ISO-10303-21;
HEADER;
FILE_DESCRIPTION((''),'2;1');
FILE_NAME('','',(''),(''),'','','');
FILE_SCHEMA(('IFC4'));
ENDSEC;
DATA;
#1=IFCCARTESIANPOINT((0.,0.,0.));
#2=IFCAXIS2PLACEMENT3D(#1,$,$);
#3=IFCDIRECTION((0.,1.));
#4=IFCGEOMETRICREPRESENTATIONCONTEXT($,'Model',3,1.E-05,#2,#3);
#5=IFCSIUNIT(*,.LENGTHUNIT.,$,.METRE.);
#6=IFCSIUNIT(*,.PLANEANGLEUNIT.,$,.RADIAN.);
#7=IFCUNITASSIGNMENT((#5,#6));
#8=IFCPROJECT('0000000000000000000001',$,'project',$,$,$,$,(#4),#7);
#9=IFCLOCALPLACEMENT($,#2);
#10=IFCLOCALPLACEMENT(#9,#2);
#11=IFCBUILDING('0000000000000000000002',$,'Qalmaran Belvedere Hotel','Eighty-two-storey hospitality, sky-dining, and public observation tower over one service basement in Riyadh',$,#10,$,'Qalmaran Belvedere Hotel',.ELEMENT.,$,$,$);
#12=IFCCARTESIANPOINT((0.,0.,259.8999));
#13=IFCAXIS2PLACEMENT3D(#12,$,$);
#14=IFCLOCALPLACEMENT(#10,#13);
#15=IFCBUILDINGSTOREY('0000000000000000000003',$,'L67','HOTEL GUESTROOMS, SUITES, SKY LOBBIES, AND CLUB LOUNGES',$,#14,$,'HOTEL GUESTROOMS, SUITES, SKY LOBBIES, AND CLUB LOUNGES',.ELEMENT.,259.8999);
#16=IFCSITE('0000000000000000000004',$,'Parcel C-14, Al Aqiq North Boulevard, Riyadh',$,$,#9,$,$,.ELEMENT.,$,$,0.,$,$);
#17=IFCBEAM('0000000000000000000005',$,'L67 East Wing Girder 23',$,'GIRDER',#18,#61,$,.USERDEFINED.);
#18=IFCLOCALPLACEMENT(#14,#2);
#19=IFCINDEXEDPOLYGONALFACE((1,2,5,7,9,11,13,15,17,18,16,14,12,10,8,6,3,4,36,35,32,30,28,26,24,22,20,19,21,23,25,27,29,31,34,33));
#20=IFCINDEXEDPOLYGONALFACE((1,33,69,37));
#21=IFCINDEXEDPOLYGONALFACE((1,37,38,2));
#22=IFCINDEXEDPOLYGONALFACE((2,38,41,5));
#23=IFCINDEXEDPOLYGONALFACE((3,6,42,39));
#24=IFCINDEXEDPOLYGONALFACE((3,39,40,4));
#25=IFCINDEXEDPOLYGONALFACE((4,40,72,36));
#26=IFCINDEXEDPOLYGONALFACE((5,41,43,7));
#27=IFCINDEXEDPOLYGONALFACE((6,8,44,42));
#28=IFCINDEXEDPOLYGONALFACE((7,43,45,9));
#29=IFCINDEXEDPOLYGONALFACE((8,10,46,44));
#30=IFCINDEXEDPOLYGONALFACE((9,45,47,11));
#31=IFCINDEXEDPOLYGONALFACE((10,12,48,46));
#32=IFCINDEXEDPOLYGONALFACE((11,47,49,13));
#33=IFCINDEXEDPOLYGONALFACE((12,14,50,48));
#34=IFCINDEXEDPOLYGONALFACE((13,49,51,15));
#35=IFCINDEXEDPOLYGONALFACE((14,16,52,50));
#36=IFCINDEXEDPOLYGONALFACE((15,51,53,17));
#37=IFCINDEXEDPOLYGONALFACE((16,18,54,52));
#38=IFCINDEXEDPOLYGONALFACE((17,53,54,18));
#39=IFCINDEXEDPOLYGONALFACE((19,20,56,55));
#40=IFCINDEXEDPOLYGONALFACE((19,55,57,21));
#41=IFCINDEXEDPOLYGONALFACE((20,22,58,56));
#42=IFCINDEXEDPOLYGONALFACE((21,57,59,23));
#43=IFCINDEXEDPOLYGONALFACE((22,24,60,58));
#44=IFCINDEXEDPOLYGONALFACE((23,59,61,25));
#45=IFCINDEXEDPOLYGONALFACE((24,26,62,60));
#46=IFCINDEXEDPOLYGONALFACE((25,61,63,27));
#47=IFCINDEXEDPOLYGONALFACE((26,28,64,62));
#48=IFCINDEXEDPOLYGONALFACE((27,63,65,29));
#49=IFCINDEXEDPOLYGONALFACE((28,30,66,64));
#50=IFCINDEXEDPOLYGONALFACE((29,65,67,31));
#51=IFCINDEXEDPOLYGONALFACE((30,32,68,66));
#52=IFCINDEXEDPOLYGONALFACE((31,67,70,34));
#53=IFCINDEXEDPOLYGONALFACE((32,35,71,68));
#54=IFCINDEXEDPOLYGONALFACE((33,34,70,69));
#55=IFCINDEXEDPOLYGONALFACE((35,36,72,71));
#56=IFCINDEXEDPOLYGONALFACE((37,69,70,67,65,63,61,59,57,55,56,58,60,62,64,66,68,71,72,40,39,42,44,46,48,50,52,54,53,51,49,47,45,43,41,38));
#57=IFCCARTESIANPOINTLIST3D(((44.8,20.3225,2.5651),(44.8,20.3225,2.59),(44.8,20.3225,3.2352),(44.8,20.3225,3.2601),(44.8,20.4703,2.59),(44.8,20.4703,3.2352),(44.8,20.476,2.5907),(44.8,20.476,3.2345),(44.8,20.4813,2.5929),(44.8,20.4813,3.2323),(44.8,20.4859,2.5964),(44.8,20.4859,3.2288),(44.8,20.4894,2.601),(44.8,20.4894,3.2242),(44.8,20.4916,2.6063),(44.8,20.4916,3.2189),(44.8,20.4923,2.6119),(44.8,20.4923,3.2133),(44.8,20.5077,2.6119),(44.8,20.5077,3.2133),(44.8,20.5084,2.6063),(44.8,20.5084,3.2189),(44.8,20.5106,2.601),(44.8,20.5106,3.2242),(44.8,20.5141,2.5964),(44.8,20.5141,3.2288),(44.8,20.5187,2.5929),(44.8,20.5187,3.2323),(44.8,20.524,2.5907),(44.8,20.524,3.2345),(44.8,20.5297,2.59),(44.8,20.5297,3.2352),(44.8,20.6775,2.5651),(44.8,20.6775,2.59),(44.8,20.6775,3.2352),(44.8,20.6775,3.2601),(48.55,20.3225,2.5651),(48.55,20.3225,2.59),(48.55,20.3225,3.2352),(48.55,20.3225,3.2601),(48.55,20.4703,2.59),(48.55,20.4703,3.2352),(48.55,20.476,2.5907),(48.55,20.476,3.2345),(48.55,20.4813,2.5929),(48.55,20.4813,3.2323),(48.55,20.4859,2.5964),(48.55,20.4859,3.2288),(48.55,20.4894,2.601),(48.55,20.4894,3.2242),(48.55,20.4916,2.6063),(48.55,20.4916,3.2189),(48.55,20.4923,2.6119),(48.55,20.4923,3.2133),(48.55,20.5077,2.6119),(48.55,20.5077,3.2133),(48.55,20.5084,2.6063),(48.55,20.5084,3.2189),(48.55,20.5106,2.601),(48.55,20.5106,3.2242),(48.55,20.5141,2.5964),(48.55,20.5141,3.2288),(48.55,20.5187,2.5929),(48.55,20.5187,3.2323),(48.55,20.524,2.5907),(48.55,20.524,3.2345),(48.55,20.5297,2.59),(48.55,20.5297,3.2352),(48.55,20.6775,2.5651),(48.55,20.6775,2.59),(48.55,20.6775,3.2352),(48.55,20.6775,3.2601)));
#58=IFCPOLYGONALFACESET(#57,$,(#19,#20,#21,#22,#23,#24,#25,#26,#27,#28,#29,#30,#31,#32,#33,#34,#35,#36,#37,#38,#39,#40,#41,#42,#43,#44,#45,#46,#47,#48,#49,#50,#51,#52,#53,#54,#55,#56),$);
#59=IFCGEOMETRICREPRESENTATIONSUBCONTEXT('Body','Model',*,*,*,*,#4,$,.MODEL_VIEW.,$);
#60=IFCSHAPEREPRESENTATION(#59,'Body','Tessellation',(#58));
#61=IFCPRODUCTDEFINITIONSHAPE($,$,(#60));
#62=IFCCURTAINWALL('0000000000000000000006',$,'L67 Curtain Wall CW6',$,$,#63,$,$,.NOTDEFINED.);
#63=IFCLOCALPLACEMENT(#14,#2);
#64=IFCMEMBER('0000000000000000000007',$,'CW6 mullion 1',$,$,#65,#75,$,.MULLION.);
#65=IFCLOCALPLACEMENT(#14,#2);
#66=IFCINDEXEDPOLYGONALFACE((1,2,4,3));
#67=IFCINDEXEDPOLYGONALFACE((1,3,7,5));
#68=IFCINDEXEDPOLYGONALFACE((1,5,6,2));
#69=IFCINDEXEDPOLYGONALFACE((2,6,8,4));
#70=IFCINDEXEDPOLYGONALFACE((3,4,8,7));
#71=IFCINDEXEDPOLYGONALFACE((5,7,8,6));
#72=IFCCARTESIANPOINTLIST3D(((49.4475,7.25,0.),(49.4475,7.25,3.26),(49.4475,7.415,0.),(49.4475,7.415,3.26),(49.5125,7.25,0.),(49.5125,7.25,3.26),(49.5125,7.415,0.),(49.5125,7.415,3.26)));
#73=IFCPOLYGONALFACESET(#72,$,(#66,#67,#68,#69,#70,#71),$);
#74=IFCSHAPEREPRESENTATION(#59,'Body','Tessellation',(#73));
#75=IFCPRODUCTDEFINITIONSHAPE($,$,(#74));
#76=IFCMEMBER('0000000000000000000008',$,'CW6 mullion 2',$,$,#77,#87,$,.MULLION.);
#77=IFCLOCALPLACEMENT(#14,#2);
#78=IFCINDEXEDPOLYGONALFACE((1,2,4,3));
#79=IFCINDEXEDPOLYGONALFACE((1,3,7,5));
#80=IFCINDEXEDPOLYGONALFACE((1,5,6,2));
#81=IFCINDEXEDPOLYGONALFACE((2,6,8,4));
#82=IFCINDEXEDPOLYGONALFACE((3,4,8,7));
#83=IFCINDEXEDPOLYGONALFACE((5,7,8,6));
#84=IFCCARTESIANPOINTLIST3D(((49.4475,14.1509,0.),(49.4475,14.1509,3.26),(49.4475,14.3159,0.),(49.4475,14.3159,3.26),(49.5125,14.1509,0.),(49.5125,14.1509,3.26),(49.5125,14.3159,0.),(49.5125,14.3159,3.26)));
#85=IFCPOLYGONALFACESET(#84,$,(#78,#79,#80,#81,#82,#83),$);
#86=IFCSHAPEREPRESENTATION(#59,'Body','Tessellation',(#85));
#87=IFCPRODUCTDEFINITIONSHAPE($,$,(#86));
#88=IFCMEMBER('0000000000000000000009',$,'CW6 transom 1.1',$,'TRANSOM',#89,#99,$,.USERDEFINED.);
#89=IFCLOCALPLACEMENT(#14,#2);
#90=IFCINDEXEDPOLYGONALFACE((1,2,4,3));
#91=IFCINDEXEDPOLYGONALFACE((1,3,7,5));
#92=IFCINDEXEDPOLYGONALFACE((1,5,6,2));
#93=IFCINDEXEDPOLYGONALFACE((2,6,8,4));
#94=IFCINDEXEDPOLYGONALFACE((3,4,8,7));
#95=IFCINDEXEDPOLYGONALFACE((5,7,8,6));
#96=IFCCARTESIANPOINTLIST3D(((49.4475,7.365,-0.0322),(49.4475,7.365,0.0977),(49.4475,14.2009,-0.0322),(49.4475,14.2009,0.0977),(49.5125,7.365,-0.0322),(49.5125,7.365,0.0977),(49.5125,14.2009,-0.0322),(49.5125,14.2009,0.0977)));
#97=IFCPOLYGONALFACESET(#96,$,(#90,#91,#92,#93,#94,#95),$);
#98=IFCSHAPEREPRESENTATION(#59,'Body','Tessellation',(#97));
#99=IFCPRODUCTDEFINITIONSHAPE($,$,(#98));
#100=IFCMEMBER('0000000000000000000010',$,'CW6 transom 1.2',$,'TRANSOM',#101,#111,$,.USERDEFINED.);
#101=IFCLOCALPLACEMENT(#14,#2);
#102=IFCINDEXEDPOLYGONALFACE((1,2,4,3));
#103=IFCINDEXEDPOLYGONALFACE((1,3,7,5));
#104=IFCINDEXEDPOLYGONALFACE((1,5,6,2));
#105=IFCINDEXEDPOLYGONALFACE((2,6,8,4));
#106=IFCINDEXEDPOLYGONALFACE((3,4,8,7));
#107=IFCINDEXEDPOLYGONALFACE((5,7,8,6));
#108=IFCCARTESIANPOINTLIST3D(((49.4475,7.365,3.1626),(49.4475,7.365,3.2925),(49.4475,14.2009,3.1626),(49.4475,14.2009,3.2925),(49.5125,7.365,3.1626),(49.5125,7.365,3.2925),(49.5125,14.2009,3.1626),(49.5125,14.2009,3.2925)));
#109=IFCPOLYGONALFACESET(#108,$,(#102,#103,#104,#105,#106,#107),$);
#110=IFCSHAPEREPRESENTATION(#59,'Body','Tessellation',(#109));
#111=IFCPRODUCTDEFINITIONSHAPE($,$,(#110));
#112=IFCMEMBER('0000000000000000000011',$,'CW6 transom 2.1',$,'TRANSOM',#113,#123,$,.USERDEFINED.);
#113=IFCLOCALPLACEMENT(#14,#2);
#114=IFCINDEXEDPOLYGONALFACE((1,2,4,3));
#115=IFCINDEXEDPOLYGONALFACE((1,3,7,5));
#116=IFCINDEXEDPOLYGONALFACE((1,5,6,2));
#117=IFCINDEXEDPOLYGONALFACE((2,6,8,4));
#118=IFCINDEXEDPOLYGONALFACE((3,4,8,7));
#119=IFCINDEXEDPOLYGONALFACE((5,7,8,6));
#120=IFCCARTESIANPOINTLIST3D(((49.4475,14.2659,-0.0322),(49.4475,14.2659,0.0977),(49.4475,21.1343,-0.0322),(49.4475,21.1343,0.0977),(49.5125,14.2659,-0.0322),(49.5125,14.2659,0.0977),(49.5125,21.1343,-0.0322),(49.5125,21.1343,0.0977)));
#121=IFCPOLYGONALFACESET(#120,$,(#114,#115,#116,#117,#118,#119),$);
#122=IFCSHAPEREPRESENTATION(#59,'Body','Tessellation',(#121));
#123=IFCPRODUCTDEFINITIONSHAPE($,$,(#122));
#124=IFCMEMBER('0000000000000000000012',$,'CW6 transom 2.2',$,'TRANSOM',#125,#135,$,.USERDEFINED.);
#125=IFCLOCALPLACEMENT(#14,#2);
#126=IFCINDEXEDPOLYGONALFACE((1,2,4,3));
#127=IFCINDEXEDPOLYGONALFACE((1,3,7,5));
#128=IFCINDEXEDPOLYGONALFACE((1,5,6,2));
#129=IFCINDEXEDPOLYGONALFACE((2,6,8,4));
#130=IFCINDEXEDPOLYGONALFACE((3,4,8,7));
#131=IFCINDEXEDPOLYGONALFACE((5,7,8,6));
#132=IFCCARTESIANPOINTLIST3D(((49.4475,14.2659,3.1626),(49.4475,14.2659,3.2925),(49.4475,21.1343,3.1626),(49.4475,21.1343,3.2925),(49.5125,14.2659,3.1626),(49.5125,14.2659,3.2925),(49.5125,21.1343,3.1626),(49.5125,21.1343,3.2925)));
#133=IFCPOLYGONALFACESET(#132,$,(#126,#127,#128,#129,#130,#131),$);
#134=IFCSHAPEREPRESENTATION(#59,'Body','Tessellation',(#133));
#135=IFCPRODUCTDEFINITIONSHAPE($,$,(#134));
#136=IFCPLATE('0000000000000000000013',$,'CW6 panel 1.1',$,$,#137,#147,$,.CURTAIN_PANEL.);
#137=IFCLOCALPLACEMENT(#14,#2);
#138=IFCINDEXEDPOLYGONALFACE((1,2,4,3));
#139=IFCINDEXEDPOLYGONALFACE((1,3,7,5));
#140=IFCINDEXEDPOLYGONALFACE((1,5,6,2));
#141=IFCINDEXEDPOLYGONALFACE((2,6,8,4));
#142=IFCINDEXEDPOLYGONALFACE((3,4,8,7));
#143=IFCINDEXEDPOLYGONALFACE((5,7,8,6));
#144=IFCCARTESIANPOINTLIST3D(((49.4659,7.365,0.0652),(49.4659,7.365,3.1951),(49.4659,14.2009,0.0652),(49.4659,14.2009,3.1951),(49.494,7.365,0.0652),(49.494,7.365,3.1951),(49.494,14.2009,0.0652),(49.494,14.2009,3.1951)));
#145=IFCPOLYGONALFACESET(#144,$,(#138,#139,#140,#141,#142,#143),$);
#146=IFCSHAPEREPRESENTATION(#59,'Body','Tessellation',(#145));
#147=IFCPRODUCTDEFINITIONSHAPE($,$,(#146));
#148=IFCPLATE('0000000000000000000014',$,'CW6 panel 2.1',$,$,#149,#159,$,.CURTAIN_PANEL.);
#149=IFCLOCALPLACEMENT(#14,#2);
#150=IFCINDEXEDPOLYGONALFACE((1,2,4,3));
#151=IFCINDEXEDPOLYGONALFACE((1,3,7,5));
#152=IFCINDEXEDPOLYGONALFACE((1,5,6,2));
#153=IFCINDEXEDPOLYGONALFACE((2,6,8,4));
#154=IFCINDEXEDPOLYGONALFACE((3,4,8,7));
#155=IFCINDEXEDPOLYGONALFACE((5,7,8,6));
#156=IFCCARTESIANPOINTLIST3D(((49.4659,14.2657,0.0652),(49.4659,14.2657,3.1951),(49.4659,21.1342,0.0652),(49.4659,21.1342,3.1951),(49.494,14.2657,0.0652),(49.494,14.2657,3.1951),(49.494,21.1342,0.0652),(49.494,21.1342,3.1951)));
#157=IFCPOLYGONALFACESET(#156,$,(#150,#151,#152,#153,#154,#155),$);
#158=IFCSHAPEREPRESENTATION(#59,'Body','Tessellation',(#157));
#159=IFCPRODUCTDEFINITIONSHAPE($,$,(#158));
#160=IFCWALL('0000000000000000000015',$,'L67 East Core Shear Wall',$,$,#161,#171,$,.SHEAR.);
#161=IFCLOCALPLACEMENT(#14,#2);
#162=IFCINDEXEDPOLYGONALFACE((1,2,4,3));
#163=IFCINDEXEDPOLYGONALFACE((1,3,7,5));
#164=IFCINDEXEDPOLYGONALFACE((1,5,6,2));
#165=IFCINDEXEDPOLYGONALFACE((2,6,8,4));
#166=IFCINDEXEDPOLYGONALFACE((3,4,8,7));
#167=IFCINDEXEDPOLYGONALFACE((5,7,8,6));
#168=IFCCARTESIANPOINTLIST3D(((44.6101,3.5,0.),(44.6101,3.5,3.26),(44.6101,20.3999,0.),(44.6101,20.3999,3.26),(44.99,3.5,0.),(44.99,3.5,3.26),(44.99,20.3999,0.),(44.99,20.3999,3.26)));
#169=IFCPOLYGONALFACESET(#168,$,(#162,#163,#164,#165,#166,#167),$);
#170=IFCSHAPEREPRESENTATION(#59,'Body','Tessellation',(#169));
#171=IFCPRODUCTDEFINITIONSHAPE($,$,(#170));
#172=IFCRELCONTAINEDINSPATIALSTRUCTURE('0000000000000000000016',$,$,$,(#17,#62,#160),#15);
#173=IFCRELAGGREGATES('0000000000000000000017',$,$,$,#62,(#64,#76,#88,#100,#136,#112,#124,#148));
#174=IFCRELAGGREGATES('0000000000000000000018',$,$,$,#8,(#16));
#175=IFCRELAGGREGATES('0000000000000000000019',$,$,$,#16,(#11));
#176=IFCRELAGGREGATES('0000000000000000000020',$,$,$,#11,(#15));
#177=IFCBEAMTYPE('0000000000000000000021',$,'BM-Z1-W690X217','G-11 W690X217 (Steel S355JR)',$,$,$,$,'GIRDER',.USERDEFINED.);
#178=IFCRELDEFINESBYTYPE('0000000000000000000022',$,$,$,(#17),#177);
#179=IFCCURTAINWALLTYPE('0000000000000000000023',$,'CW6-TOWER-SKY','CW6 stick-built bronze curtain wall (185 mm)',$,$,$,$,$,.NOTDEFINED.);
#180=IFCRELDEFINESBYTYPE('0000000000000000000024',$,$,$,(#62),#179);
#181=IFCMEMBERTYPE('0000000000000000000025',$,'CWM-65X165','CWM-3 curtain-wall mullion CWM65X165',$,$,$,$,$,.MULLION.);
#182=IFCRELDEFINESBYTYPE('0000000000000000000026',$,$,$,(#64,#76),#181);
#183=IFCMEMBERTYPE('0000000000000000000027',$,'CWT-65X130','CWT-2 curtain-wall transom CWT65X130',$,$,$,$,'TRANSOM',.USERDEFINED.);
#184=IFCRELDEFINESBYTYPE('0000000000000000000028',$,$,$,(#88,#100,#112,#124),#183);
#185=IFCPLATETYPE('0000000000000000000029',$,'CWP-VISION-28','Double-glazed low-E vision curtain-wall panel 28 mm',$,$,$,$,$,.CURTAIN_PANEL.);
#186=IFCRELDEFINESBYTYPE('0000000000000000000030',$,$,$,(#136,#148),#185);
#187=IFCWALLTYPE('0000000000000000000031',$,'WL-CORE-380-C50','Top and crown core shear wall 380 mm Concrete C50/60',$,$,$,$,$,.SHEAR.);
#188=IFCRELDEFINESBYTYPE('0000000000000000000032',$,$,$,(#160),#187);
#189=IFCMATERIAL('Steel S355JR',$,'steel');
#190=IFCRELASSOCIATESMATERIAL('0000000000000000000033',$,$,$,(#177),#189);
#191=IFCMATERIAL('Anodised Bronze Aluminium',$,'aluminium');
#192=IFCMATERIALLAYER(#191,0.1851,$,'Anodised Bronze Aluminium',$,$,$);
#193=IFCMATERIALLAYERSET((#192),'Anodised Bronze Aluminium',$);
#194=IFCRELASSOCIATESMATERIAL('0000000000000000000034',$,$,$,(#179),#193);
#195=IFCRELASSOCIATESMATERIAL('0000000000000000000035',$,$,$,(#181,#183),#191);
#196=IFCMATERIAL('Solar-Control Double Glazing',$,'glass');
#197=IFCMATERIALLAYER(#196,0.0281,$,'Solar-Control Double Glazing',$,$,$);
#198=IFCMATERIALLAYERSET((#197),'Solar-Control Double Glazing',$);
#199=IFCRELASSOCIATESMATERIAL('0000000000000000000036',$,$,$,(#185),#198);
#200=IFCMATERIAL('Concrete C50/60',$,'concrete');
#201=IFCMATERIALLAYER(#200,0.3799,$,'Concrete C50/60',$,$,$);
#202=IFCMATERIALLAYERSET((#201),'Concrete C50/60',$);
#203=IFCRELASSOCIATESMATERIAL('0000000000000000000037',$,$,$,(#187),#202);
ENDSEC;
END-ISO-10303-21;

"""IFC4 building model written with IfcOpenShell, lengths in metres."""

from ifc_helpers import new_model, si_unit, direction, frame, frame_2d, origin, origin_2d, place, context, subcontext, project, spatial, rectangle, i_section, extrude, material, layer, layer_set, material_profile, profile_set, type_object, element, aggregate, save


model = new_model("IFC4")

# Units and contexts
model_context = context("Model", 3, precision=1e-05, world=origin(), true_north=direction((0.0, 1.0)))
body_context = subcontext(model_context, "Body", "Model", "MODEL_VIEW")
ifc_project = project(units=[si_unit("LENGTHUNIT", "METRE"), si_unit("PLANEANGLEUNIT", "RADIAN")], contexts=[model_context])

# Site, building, storey
site_placement = place(None, origin())
site = spatial("IfcSite", under=ifc_project, at=site_placement, Name="Parcel C-14, Al Aqiq North Boulevard, Riyadh", CompositionType="ELEMENT", RefElevation=0.0)
building_placement = place(site_placement, origin())
building = spatial("IfcBuilding", under=site, at=building_placement, Name="Qalmaran Belvedere Hotel", Description="Eighty-two-storey hospitality, sky-dining, and public observation tower over one service basement in Riyadh", LongName="Qalmaran Belvedere Hotel", CompositionType="ELEMENT")
storey_placement = place(building_placement, frame((0.0, 0.0, 259.8999)))
storey = spatial("IfcBuildingStorey", under=building, at=storey_placement, Name="L67", Description="HOTEL GUESTROOMS, SUITES, SKY LOBBIES, AND CLUB LOUNGES", LongName="HOTEL GUESTROOMS, SUITES, SKY LOBBIES, AND CLUB LOUNGES", CompositionType="ELEMENT", Elevation=259.8999)

# Shared definitions
ifc_material_1 = material(Name="Concrete C50/60", Category="concrete")

# Beam
ifc_material_2 = material(Name="Steel S355JR", Category="steel")
ifc_material_profile_1 = material_profile(ifc_material_2, i_section(OverallWidth=0.355, OverallDepth=0.6951, WebThickness=0.0154, FlangeThickness=0.0249, FilletRadius=0.022, at=origin_2d()), Name="W690X217")
ifc_profile_set_1 = profile_set([ifc_material_profile_1], Name="Steel S355JR")
beam_type_1 = type_object("IfcBeamType", Name="BM-Z1-W690X217", Description="G-11 W690X217 (Steel S355JR)", ElementType="GIRDER", PredefinedType="USERDEFINED", material=ifc_profile_set_1)
for number, where, z_axis, x_axis, name in (
    (1, (44.8, 20.5, 2.9126), (1.0, 0.0, 0.0), (0.0, 1.0, 0.0), "L67 East Wing Girder 23"),
):
    element("IfcBeam", number, at=place(storey_placement, frame(where, z_axis=z_axis, x_axis=x_axis)), inside=storey, type_object=beam_type_1, Name=name, ObjectType="GIRDER", PredefinedType="USERDEFINED", context=body_context, shape_type="SweptSolid", body=[
        extrude(i_section(OverallWidth=0.355, OverallDepth=0.6951, WebThickness=0.0154, FlangeThickness=0.0249, FilletRadius=0.022, at=origin_2d()), origin(), (0.0, 0.0, 1.0), 3.75),
    ])

# Curtain wall, members, plates
ifc_material_3 = material(Name="Anodised Bronze Aluminium", Category="aluminium")
ifc_layer_1 = layer(ifc_material_3, 0.1851, Name="Anodised Bronze Aluminium")
ifc_layer_set_1 = layer_set([ifc_layer_1], Name="Anodised Bronze Aluminium")
curtain_wall_type = type_object("IfcCurtainWallType", Name="CW6-TOWER-SKY", Description="CW6 stick-built bronze curtain wall (185 mm)", PredefinedType="NOTDEFINED", material=ifc_layer_set_1)
curtain_wall_placement = place(storey_placement, origin())
curtain_wall = element("IfcCurtainWall", 2, at=curtain_wall_placement, inside=storey, type_object=curtain_wall_type, Name="L67 Curtain Wall CW6", PredefinedType="NOTDEFINED")
ifc_material_profile_2 = material_profile(ifc_material_3, rectangle(XDim=0.0649, YDim=0.165, at=origin_2d()), Name="CWM65X165")
ifc_profile_set_2 = profile_set([ifc_material_profile_2], Name="Anodised Bronze Aluminium")
member_type_1 = type_object("IfcMemberType", Name="CWM-65X165", Description="CWM-3 curtain-wall mullion CWM65X165", PredefinedType="MULLION", material=ifc_profile_set_2)
member_1_placement = place(storey_placement, frame((49.48, 7.3325, 0.0), z_axis=(0.0, 0.0, 1.0), x_axis=(-1.0, 0.0, 0.0)))
member_1 = element("IfcMember", 3, at=member_1_placement, type_object=member_type_1, Name="CW6 mullion 1", PredefinedType="MULLION", context=body_context, shape_type="SweptSolid", body=[
    extrude(rectangle(XDim=0.0649, YDim=0.165, at=origin_2d()), origin(), (0.0, 0.0, 1.0), 3.26),
])
member_2_placement = place(storey_placement, frame((49.48, 14.2334, 0.0), z_axis=(0.0, 0.0, 1.0), x_axis=(-1.0, 0.0, 0.0)))
member_2 = element("IfcMember", 4, at=member_2_placement, type_object=member_type_1, Name="CW6 mullion 2", PredefinedType="MULLION", context=body_context, shape_type="SweptSolid", body=[
    extrude(rectangle(XDim=0.0649, YDim=0.165, at=origin_2d()), origin(), (0.0, 0.0, 1.0), 3.26),
])
ifc_material_profile_3 = material_profile(ifc_material_3, rectangle(XDim=0.0649, YDim=0.1299, at=origin_2d()), Name="CWT65X130")
ifc_profile_set_3 = profile_set([ifc_material_profile_3], Name="Anodised Bronze Aluminium")
member_type_2 = type_object("IfcMemberType", Name="CWT-65X130", Description="CWT-2 curtain-wall transom CWT65X130", ElementType="TRANSOM", PredefinedType="USERDEFINED", material=ifc_profile_set_3)
member_3_placement = place(storey_placement, frame((49.48, 7.365, 0.0327), z_axis=(0.0, 1.0, 0.0), x_axis=(-1.0, 0.0, 0.0)))
member_3 = element("IfcMember", 5, at=member_3_placement, type_object=member_type_2, Name="CW6 transom 1.1", ObjectType="TRANSOM", PredefinedType="USERDEFINED", context=body_context, shape_type="SweptSolid", body=[
    extrude(rectangle(XDim=0.0649, YDim=0.1299, at=origin_2d()), origin(), (0.0, 0.0, 1.0), 6.8359),
])
member_4_placement = place(storey_placement, frame((49.48, 7.365, 3.2275), z_axis=(0.0, 1.0, 0.0), x_axis=(-1.0, 0.0, 0.0)))
member_4 = element("IfcMember", 6, at=member_4_placement, type_object=member_type_2, Name="CW6 transom 1.2", ObjectType="TRANSOM", PredefinedType="USERDEFINED", context=body_context, shape_type="SweptSolid", body=[
    extrude(rectangle(XDim=0.0649, YDim=0.1299, at=origin_2d()), origin(), (0.0, 0.0, 1.0), 6.8359),
])
member_5_placement = place(storey_placement, frame((49.48, 14.2659, 0.0327), z_axis=(0.0, 1.0, 0.0), x_axis=(-1.0, 0.0, 0.0)))
member_5 = element("IfcMember", 7, at=member_5_placement, type_object=member_type_2, Name="CW6 transom 2.1", ObjectType="TRANSOM", PredefinedType="USERDEFINED", context=body_context, shape_type="SweptSolid", body=[
    extrude(rectangle(XDim=0.0649, YDim=0.1299, at=origin_2d()), origin(), (0.0, 0.0, 1.0), 6.8684),
])
member_6_placement = place(storey_placement, frame((49.48, 14.2659, 3.2275), z_axis=(0.0, 1.0, 0.0), x_axis=(-1.0, 0.0, 0.0)))
member_6 = element("IfcMember", 8, at=member_6_placement, type_object=member_type_2, Name="CW6 transom 2.2", ObjectType="TRANSOM", PredefinedType="USERDEFINED", context=body_context, shape_type="SweptSolid", body=[
    extrude(rectangle(XDim=0.0649, YDim=0.1299, at=origin_2d()), origin(), (0.0, 0.0, 1.0), 6.8684),
])
ifc_material_4 = material(Name="Solar-Control Double Glazing", Category="glass")
ifc_layer_2 = layer(ifc_material_4, 0.0281, Name="Solar-Control Double Glazing")
ifc_layer_set_2 = layer_set([ifc_layer_2], Name="Solar-Control Double Glazing")
plate_type = type_object("IfcPlateType", Name="CWP-VISION-28", Description="Double-glazed low-E vision curtain-wall panel 28 mm", PredefinedType="CURTAIN_PANEL", material=ifc_layer_set_2)
plate_1_placement = place(storey_placement, frame((49.48, 10.783, 0.0652), z_axis=(0.0, 0.0, 1.0), x_axis=(0.0, 1.0, 0.0)))
plate_1 = element("IfcPlate", 9, at=plate_1_placement, type_object=plate_type, Name="CW6 panel 1.1", PredefinedType="CURTAIN_PANEL", context=body_context, shape_type="SweptSolid", body=[
    extrude(rectangle(XDim=6.8359, YDim=0.0281, at=origin_2d()), origin(), (0.0, 0.0, 1.0), 3.1299),
])
plate_2_placement = place(storey_placement, frame((49.48, 17.7, 0.0652), z_axis=(0.0, 0.0, 1.0), x_axis=(0.0, 1.0, 0.0)))
plate_2 = element("IfcPlate", 10, at=plate_2_placement, type_object=plate_type, Name="CW6 panel 2.1", PredefinedType="CURTAIN_PANEL", context=body_context, shape_type="SweptSolid", body=[
    extrude(rectangle(XDim=6.8684, YDim=0.0281, at=origin_2d()), origin(), (0.0, 0.0, 1.0), 3.1299),
])
aggregate(curtain_wall, [member_1, member_2, member_3, member_4, plate_1, member_5, member_6, plate_2])

# Wall
ifc_layer_3 = layer(ifc_material_1, 0.3799, Name="Concrete C50/60")
ifc_layer_set_3 = layer_set([ifc_layer_3], Name="Concrete C50/60")
wall_type_1 = type_object("IfcWallType", Name="WL-CORE-380-C50", Description="Top and crown core shear wall 380 mm Concrete C50/60", PredefinedType="SHEAR", material=ifc_layer_set_3)
wall_1_placement = place(storey_placement, frame((44.8, 3.5, 0.0), z_axis=(0.0, 0.0, 1.0), x_axis=(0.0, 1.0, 0.0)))
element("IfcWall", 11, at=wall_1_placement, inside=storey, type_object=wall_type_1, Name="L67 East Core Shear Wall", PredefinedType="SHEAR", context=body_context, shape_type="SweptSolid", body=[
    extrude(rectangle(XDim=16.8999, YDim=0.3799, at=frame_2d((8.45, 0.0))), origin(), (0.0, 0.0, 1.0), 3.26),
])

save(model, "model.ifc")
